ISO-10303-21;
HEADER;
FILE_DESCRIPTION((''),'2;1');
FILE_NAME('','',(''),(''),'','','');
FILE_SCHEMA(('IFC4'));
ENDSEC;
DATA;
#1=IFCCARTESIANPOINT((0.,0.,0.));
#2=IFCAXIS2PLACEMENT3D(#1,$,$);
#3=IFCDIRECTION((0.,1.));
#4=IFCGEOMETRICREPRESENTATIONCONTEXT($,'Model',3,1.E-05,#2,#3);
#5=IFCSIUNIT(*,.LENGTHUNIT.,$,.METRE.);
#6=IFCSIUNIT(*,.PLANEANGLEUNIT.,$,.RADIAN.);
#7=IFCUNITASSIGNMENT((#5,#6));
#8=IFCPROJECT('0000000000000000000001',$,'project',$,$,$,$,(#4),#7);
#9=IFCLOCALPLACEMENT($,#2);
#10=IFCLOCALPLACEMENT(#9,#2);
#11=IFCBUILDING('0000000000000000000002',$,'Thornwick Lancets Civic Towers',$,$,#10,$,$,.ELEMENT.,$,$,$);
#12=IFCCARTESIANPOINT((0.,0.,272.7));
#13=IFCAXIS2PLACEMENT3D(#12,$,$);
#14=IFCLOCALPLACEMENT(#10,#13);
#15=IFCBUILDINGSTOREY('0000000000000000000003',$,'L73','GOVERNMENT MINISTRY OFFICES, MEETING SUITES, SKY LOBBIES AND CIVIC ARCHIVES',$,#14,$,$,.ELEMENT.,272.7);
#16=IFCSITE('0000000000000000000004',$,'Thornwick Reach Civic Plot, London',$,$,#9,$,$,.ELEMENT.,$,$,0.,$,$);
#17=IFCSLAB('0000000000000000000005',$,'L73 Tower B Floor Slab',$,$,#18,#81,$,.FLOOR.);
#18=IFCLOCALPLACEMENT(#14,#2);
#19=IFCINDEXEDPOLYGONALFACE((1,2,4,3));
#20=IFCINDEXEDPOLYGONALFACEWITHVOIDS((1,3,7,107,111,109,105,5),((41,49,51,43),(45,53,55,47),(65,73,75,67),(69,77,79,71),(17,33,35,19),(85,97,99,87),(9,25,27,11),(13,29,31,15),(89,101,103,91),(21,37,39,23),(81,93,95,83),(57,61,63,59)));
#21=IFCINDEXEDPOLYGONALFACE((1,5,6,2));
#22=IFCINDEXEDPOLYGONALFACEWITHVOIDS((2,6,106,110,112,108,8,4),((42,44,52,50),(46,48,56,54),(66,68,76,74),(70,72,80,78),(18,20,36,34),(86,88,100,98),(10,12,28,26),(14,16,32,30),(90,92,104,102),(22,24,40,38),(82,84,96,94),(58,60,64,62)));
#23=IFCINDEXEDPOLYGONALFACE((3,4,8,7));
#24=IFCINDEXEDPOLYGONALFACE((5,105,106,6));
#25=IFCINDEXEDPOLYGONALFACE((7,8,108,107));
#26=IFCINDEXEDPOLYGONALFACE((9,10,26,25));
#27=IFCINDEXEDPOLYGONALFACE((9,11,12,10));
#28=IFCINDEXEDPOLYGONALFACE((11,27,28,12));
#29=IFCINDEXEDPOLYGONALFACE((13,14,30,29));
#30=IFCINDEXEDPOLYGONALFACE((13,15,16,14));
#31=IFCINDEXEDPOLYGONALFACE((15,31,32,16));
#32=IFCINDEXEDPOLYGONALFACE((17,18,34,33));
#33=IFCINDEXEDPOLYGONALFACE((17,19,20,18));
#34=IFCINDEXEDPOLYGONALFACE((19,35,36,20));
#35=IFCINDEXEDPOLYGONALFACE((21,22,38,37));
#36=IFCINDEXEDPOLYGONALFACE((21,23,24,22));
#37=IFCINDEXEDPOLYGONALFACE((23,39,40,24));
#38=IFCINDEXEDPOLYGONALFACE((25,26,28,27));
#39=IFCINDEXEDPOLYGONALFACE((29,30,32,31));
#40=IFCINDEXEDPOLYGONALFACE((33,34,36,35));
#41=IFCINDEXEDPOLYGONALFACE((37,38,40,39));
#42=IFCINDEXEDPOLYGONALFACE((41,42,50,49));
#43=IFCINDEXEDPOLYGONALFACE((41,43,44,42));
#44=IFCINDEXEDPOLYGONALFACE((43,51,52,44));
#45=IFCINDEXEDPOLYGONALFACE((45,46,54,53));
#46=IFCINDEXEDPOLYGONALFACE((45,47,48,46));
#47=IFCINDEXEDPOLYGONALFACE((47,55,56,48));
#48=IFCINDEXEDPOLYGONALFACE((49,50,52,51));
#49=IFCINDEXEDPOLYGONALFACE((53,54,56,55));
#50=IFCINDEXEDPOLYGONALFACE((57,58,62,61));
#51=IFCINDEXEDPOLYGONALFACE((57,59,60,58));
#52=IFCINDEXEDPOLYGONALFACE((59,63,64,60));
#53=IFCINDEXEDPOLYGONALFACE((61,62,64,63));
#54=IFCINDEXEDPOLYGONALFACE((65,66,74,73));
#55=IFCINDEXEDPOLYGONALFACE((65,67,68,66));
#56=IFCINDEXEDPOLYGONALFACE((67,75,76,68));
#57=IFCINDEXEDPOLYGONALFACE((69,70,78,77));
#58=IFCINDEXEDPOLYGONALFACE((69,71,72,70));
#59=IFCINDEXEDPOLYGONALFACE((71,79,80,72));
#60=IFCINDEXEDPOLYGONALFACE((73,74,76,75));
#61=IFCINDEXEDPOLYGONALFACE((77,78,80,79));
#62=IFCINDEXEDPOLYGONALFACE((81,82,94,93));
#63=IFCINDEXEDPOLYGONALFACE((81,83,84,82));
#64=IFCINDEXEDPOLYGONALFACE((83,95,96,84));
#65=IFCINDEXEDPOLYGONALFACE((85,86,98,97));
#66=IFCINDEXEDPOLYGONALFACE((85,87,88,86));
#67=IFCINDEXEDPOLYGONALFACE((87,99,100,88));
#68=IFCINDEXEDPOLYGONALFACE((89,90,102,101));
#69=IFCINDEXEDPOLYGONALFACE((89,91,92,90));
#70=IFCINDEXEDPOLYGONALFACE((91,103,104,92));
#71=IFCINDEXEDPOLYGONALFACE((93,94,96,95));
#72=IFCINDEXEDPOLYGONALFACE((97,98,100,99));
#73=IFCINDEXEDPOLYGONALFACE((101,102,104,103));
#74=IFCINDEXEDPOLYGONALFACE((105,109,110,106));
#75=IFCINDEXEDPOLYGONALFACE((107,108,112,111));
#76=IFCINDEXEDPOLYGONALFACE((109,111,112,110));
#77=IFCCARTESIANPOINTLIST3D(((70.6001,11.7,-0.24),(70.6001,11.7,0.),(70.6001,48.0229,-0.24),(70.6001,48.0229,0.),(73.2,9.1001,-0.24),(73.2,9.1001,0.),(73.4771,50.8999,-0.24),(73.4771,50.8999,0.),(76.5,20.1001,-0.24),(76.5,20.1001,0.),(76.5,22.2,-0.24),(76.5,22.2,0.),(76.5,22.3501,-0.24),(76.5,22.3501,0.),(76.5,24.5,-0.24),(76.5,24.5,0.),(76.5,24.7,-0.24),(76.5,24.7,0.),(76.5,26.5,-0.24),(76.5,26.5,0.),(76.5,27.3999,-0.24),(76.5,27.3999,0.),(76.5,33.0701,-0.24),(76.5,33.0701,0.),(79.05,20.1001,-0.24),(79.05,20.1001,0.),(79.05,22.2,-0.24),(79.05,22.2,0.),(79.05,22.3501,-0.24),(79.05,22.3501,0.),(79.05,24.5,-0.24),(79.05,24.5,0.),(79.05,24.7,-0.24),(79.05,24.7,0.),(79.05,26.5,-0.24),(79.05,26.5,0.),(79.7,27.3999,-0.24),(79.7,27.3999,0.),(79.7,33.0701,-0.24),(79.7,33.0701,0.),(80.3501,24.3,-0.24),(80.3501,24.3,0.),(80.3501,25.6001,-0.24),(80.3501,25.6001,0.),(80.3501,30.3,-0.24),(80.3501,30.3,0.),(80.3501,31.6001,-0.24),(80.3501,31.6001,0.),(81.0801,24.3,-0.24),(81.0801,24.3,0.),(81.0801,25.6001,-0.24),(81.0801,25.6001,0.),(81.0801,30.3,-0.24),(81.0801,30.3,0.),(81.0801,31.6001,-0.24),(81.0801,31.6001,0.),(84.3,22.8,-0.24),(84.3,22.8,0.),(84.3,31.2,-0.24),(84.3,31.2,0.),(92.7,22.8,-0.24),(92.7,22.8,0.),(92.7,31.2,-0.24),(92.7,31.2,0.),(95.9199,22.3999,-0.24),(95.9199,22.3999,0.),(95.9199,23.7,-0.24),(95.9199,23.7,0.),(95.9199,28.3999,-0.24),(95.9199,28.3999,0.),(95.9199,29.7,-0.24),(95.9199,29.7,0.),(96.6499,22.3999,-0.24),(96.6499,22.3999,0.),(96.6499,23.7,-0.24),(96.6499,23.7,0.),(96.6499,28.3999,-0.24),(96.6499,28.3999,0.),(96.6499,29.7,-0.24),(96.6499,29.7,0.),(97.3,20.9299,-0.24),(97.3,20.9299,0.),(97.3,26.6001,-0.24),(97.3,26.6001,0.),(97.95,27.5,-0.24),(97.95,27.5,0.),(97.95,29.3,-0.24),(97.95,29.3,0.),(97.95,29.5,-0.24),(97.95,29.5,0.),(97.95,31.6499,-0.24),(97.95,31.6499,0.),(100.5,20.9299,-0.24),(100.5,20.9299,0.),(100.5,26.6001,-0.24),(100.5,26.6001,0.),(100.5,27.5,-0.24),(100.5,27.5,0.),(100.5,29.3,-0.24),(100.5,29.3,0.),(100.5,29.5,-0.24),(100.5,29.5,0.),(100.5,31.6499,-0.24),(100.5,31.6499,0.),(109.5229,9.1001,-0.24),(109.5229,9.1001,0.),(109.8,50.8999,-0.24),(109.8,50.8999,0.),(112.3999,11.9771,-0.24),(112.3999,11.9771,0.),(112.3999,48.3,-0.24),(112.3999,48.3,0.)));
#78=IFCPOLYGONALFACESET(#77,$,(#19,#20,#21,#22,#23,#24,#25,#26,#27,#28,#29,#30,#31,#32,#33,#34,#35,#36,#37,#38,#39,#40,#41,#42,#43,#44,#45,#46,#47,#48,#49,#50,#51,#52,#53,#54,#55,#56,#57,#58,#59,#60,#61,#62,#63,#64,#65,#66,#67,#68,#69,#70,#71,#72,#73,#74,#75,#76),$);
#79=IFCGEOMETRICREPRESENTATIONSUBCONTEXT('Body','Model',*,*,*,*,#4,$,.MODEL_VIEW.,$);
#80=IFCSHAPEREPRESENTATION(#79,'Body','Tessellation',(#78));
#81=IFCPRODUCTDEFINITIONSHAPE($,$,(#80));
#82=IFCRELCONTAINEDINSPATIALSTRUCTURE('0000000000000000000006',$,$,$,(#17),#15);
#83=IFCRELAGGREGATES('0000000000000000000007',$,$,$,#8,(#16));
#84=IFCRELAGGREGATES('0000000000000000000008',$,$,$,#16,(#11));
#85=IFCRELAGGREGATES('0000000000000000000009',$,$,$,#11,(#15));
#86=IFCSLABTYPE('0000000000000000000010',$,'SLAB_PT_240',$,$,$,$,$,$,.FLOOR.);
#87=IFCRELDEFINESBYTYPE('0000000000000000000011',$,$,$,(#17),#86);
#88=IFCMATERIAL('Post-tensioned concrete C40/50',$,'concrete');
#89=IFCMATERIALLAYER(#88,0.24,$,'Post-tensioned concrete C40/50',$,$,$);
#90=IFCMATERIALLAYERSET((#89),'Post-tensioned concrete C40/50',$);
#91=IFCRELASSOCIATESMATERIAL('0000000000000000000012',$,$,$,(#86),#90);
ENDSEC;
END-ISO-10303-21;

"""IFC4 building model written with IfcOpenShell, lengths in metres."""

from ifc_helpers import new_model, si_unit, direction, frame, origin, place, context, subcontext, project, spatial, polyline, outline, extrude, material, layer, layer_set, type_object, element, save


model = new_model("IFC4")

# Units and contexts
model_context = context("Model", 3, precision=1e-05, world=origin(), true_north=direction((0.0, 1.0)))
body_context = subcontext(model_context, "Body", "Model", "MODEL_VIEW")
ifc_project = project(units=[si_unit("LENGTHUNIT", "METRE"), si_unit("PLANEANGLEUNIT", "RADIAN")], contexts=[model_context])

# Site, building, storey
site_placement = place(None, origin())
site = spatial("IfcSite", under=ifc_project, at=site_placement, Name="Thornwick Reach Civic Plot, London", CompositionType="ELEMENT", RefElevation=0.0)
building_placement = place(site_placement, origin())
building = spatial("IfcBuilding", under=site, at=building_placement, Name="Thornwick Lancets Civic Towers", CompositionType="ELEMENT")
storey_placement = place(building_placement, frame((0.0, 0.0, 272.7)))
storey = spatial("IfcBuildingStorey", under=building, at=storey_placement, Name="L73", Description="GOVERNMENT MINISTRY OFFICES, MEETING SUITES, SKY LOBBIES AND CIVIC ARCHIVES", CompositionType="ELEMENT", Elevation=272.7)

# Shared definitions
ifc_material_1 = material(Name="Post-tensioned concrete C40/50", Category="concrete")

# Slab
ifc_layer_1 = layer(ifc_material_1, 0.24, Name="Post-tensioned concrete C40/50")
ifc_layer_set_1 = layer_set([ifc_layer_1], Name="Post-tensioned concrete C40/50")
slab_type_1 = type_object("IfcSlabType", Name="SLAB_PT_240", PredefinedType="FLOOR", material=ifc_layer_set_1)
slab_1_placement = place(storey_placement, frame((0.0, 0.0, -0.24)))
element("IfcSlab", 1, at=slab_1_placement, inside=storey, type_object=slab_type_1, Name="L73 Tower B Floor Slab", PredefinedType="FLOOR", context=body_context, shape_type="SweptSolid", body=[
    extrude(outline(polyline([(73.2, 9.1001), (109.5229, 9.1001), (112.3999, 11.9771), (112.3999, 48.3), (109.8, 50.8999), (73.4771, 50.8999), (70.6001, 48.0229), (70.6001, 11.7), (73.2, 9.1001)]), holes=[polyline([(84.3, 22.8), (92.7, 22.8), (92.7, 31.2), (84.3, 31.2), (84.3, 22.8)]), polyline([(100.5, 20.9299), (100.5, 26.6001), (97.3, 26.6001), (97.3, 20.9299), (100.5, 20.9299)]), polyline([(76.5, 33.0701), (76.5, 27.3999), (79.7, 27.3999), (79.7, 33.0701), (76.5, 33.0701)]), polyline([(97.95, 27.5), (100.5, 27.5), (100.5, 29.3), (97.95, 29.3), (97.95, 27.5)]), polyline([(97.95, 29.5), (100.5, 29.5), (100.5, 31.6499), (97.95, 31.6499), (97.95, 29.5)]), polyline([(76.5, 24.7), (79.05, 24.7), (79.05, 26.5), (76.5, 26.5), (76.5, 24.7)]), polyline([(76.5, 22.3501), (79.05, 22.3501), (79.05, 24.5), (76.5, 24.5), (76.5, 22.3501)]), polyline([(76.5, 20.1001), (79.05, 20.1001), (79.05, 22.2), (76.5, 22.2), (76.5, 20.1001)]), polyline([(95.9199, 28.3999), (96.6499, 28.3999), (96.6499, 29.7), (95.9199, 29.7), (95.9199, 28.3999)]), polyline([(95.9199, 22.3999), (96.6499, 22.3999), (96.6499, 23.7), (95.9199, 23.7), (95.9199, 22.3999)]), polyline([(80.3501, 24.3), (81.0801, 24.3), (81.0801, 25.6001), (80.3501, 25.6001), (80.3501, 24.3)]), polyline([(80.3501, 30.3), (81.0801, 30.3), (81.0801, 31.6001), (80.3501, 31.6001), (80.3501, 30.3)])]), origin(), (0.0, 0.0, 1.0), 0.24),
])

save(model, "model.ifc")
